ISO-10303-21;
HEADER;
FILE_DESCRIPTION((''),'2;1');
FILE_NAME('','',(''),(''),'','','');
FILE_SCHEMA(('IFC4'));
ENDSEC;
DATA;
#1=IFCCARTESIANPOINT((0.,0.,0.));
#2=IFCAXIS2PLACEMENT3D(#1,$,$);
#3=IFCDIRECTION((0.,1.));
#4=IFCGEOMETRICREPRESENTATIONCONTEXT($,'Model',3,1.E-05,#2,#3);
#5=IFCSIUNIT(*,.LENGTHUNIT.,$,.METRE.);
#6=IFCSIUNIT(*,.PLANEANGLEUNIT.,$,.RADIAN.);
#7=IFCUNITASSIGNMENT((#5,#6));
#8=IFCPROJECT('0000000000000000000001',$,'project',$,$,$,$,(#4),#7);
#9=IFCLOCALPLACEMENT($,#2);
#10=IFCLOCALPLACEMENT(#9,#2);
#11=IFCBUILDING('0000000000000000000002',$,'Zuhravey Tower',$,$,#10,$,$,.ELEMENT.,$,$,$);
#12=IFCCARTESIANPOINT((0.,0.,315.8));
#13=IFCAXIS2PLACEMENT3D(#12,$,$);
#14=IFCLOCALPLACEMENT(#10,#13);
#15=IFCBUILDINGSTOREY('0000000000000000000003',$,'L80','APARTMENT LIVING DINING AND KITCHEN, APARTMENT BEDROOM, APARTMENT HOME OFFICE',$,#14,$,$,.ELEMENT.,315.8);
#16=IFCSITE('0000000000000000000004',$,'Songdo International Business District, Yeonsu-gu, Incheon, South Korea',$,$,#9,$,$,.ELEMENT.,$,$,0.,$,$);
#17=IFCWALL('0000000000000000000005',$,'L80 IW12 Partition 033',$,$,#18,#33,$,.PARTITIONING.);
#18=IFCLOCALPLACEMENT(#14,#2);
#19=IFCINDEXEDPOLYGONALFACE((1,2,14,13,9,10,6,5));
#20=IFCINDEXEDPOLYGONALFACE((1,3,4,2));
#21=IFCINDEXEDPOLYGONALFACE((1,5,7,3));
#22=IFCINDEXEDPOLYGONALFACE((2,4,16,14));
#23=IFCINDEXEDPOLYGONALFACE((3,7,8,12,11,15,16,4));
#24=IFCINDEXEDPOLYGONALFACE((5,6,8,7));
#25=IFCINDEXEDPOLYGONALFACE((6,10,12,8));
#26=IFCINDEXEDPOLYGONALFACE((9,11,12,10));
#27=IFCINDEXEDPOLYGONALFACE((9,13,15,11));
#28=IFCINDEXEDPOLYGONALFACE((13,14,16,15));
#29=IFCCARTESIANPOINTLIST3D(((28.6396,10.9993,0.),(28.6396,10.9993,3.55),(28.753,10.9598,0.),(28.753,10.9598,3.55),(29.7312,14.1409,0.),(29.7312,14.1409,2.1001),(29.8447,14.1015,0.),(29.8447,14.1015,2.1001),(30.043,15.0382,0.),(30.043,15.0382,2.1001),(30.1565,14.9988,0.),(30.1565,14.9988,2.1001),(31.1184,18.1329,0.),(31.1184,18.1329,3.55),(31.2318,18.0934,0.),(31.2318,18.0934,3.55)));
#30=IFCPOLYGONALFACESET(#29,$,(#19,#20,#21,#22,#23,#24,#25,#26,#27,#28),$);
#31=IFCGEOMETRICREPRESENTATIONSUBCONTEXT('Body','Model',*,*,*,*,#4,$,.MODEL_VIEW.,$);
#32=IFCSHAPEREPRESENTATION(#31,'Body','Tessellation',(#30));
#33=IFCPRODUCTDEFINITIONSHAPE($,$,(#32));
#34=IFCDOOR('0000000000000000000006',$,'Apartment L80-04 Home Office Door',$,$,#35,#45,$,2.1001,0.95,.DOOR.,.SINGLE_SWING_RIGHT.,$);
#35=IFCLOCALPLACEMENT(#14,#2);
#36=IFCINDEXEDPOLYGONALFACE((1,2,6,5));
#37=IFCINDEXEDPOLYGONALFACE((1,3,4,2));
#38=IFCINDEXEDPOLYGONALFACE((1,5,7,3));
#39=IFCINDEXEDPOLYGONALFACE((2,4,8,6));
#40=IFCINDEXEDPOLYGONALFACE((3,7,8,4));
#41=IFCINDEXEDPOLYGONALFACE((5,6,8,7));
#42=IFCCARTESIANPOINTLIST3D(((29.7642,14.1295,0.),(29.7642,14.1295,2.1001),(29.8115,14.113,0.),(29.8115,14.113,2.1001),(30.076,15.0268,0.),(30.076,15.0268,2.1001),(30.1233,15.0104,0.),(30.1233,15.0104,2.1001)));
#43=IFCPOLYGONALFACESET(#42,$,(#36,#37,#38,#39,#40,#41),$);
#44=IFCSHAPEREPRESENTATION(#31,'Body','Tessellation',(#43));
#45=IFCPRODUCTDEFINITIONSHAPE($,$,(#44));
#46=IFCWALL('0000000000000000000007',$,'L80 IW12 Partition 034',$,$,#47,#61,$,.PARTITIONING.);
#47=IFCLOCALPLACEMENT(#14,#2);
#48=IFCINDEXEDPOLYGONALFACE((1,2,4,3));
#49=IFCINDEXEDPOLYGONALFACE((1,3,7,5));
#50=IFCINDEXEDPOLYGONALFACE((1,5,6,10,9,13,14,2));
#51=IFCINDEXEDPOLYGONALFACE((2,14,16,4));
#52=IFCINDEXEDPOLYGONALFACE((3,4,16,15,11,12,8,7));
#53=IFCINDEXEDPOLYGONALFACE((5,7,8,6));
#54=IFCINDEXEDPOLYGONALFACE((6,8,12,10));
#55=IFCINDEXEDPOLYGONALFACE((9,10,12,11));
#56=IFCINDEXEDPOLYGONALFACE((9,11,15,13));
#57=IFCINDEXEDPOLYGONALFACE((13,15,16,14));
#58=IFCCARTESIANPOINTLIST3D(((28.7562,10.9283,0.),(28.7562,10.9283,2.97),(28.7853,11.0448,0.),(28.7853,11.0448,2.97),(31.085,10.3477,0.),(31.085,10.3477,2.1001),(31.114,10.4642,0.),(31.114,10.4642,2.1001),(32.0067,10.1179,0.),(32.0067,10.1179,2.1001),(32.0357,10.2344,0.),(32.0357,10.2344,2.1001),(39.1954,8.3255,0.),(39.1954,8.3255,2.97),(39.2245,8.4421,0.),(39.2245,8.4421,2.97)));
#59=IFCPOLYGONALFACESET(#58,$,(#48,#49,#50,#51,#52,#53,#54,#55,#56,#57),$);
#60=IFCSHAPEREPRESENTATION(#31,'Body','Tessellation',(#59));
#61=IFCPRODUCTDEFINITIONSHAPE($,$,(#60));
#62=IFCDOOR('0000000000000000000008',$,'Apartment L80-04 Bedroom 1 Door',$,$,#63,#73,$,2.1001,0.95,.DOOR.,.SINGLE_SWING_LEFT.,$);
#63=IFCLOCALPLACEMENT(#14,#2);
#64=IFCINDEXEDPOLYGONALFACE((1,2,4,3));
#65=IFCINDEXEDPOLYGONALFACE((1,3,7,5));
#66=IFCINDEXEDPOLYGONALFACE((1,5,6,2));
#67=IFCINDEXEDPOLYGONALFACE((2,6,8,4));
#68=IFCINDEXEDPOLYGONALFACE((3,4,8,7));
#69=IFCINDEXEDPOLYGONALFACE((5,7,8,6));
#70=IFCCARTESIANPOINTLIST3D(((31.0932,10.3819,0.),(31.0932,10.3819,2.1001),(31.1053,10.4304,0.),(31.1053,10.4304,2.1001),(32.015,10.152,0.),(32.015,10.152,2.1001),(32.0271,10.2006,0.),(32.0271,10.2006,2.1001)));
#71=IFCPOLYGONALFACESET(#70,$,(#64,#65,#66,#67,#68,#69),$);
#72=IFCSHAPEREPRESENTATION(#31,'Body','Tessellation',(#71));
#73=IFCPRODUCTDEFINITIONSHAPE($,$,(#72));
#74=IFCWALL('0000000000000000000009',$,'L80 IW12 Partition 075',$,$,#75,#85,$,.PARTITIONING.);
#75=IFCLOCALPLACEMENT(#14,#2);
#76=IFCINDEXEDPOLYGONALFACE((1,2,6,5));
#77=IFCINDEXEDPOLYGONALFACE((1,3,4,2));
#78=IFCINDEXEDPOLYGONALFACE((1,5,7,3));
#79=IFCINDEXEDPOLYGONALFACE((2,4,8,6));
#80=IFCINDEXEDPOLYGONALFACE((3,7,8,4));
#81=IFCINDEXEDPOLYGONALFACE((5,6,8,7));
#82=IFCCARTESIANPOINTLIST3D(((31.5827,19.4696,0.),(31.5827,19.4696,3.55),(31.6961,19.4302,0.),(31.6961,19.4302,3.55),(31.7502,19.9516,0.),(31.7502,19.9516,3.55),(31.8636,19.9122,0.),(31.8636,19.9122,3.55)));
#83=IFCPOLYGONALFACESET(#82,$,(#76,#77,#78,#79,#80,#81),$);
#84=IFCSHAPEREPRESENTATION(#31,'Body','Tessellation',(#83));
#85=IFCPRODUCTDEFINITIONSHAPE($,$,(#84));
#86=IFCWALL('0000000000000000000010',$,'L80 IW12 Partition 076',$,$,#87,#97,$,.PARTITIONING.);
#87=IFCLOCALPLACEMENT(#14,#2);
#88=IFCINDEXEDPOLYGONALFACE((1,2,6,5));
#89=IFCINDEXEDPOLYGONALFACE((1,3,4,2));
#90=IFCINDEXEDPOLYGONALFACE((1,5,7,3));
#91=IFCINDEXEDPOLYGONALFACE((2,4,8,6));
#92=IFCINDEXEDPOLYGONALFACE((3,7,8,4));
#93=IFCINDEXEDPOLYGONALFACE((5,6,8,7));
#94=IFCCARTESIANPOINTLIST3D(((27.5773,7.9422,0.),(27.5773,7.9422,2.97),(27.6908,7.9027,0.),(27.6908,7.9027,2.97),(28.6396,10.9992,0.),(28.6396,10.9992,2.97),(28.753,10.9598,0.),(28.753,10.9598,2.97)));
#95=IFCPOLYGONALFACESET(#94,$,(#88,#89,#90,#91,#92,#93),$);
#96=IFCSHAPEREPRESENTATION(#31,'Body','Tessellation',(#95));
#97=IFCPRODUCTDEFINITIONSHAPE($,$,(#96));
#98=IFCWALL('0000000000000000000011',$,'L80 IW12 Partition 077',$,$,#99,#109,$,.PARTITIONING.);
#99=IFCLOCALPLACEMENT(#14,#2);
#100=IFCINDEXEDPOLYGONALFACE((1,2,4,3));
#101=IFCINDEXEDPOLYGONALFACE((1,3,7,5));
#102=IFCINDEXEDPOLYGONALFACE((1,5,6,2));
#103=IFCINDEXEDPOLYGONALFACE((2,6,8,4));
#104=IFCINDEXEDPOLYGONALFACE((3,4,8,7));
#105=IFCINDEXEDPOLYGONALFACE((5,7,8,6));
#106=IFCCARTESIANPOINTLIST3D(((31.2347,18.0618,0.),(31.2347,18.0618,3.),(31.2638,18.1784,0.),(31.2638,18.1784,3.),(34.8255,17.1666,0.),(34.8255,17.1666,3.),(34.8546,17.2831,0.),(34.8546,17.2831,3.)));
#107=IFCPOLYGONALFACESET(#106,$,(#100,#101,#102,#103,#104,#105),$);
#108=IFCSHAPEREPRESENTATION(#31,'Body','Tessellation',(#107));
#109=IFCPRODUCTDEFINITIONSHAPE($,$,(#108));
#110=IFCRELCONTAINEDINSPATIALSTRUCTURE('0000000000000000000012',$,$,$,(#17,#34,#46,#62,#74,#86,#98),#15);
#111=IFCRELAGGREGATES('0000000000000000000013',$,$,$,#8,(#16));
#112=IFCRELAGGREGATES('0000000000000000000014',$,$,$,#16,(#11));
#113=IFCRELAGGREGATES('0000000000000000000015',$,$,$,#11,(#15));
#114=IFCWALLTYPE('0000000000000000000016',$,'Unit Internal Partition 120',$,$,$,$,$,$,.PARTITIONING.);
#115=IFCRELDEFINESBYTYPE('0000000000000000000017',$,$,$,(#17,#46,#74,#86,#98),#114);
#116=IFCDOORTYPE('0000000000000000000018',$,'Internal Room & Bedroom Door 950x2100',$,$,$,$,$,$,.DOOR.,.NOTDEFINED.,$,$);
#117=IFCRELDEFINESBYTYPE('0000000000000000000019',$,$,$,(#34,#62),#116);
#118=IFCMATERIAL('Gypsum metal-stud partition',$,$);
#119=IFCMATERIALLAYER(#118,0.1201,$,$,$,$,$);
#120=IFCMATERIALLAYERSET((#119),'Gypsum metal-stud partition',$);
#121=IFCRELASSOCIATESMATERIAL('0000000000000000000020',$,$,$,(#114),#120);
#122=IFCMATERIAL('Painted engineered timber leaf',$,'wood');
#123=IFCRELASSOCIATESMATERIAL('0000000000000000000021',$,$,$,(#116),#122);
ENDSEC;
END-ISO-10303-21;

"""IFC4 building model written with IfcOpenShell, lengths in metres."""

from ifc_helpers import new_model, si_unit, direction, frame, frame_2d, origin, place, context, subcontext, project, spatial, rectangle, extrude, material, layer, layer_set, type_object, element, fill, save


model = new_model("IFC4")

# Units and contexts
model_context = context("Model", 3, precision=1e-05, world=origin(), true_north=direction((0.0, 1.0)))
body_context = subcontext(model_context, "Body", "Model", "MODEL_VIEW")
ifc_project = project(units=[si_unit("LENGTHUNIT", "METRE"), si_unit("PLANEANGLEUNIT", "RADIAN")], contexts=[model_context])

# Site, building, storey
site_placement = place(None, origin())
site = spatial("IfcSite", under=ifc_project, at=site_placement, Name="Songdo International Business District, Yeonsu-gu, Incheon, South Korea", CompositionType="ELEMENT", RefElevation=0.0)
building_placement = place(site_placement, origin())
building = spatial("IfcBuilding", under=site, at=building_placement, Name="Zuhravey Tower", CompositionType="ELEMENT")
storey_placement = place(building_placement, frame((0.0, 0.0, 315.8)))
storey = spatial("IfcBuildingStorey", under=building, at=storey_placement, Name="L80", Description="APARTMENT LIVING DINING AND KITCHEN, APARTMENT BEDROOM, APARTMENT HOME OFFICE", CompositionType="ELEMENT", Elevation=315.8)

# Walls, openings, doors
ifc_material_1 = material(Name="Gypsum metal-stud partition")
ifc_layer_1 = layer(ifc_material_1, 0.1201)
ifc_layer_set_1 = layer_set([ifc_layer_1], Name="Gypsum metal-stud partition")
wall_type_1 = type_object("IfcWallType", Name="Unit Internal Partition 120", PredefinedType="PARTITIONING", material=ifc_layer_set_1)
wall_1_placement = place(storey_placement, frame((31.175, 18.113, 0.0), z_axis=(0.0, 0.0, 1.0), x_axis=(-0.328228, -0.944598, 0.0)))
wall_1 = element("IfcWall", 1, at=wall_1_placement, inside=storey, type_object=wall_type_1, Name="L80 IW12 Partition 033", PredefinedType="PARTITIONING", context=body_context, shape_type="SweptSolid", body=[
    extrude(rectangle(XDim=7.552, YDim=0.1201, at=frame_2d((3.7759, 0.0))), origin(), (0.0, 0.0, 1.0), 3.55),
])
opening_1_placement = place(wall_1_placement, frame((3.2759, 0.0, 0.0)))
opening_1 = element("IfcOpeningElement", 2, at=opening_1_placement, cuts=wall_1, PredefinedType="OPENING", context=body_context, shape_type="SweptSolid", body=[
    extrude(rectangle(XDim=0.95, YDim=2.1001, at=frame_2d((0.4751, 1.05))), frame((0.0, 0.072, 0.0), z_axis=(0.0, -1.0, 0.0), x_axis=(1.0, 0.0, 0.0)), (0.0, 0.0, 1.0), 0.144),
])
ifc_material_2 = material(Name="Painted engineered timber leaf", Category="wood")
door_type_1 = type_object("IfcDoorType", Name="Internal Room & Bedroom Door 950x2100", OperationType="NOTDEFINED", PredefinedType="DOOR", material=ifc_material_2)
door_1_placement = place(opening_1_placement, origin())
door_1 = element("IfcDoor", 3, at=door_1_placement, inside=storey, type_object=door_type_1, Name="Apartment L80-04 Home Office Door", OperationType="SINGLE_SWING_RIGHT", OverallHeight=2.1001, OverallWidth=0.95, PredefinedType="DOOR", context=body_context, shape_type="SweptSolid", body=[
    extrude(rectangle(XDim=0.95, YDim=2.1001, at=frame_2d((0.4751, 1.05))), frame((0.0, 0.0249, 0.0), z_axis=(0.0, -1.0, 0.0), x_axis=(1.0, 0.0, 0.0)), (0.0, 0.0, 1.0), 0.05),
])
fill(opening_1, door_1)
wall_2_placement = place(storey_placement, frame((28.7708, 10.9866, 0.0), z_axis=(0.0, 0.0, 1.0), x_axis=(0.970296, -0.241922, 0.0)))
wall_2 = element("IfcWall", 4, at=wall_2_placement, inside=storey, type_object=wall_type_1, Name="L80 IW12 Partition 034", PredefinedType="PARTITIONING", context=body_context, shape_type="SweptSolid", body=[
    extrude(rectangle(XDim=10.7588, YDim=0.1201, at=frame_2d((5.3794, 0.0))), origin(), (0.0, 0.0, 1.0), 2.97),
])
opening_2_placement = place(wall_2_placement, frame((2.3999, 0.0, 0.0)))
opening_2 = element("IfcOpeningElement", 5, at=opening_2_placement, cuts=wall_2, PredefinedType="OPENING", context=body_context, shape_type="SweptSolid", body=[
    extrude(rectangle(XDim=0.95, YDim=2.1001, at=frame_2d((0.4751, 1.05))), frame((0.0, 0.072, 0.0), z_axis=(0.0, -1.0, 0.0), x_axis=(1.0, 0.0, 0.0)), (0.0, 0.0, 1.0), 0.144),
])
door_2_placement = place(opening_2_placement, frame((0.95, 0.0, 0.0), z_axis=(0.0, 0.0, 1.0), x_axis=(-1.0, 0.0, 0.0)))
door_2 = element("IfcDoor", 6, at=door_2_placement, inside=storey, type_object=door_type_1, Name="Apartment L80-04 Bedroom 1 Door", OperationType="SINGLE_SWING_LEFT", OverallHeight=2.1001, OverallWidth=0.95, PredefinedType="DOOR", context=body_context, shape_type="SweptSolid", body=[
    extrude(rectangle(XDim=0.95, YDim=2.1001, at=frame_2d((0.4751, 1.05))), frame((0.0, 0.0249, 0.0), z_axis=(0.0, -1.0, 0.0), x_axis=(1.0, 0.0, 0.0)), (0.0, 0.0, 1.0), 0.05),
])
fill(opening_2, door_2)

# Walls
wall_3_placement = place(storey_placement, frame((31.8069, 19.9319, 0.0), z_axis=(0.0, 0.0, 1.0), x_axis=(-0.328261, -0.944587, 0.0)))
element("IfcWall", 7, at=wall_3_placement, inside=storey, type_object=wall_type_1, Name="L80 IW12 Partition 075", PredefinedType="PARTITIONING", context=body_context, shape_type="SweptSolid", body=[
    extrude(rectangle(XDim=0.5103, YDim=0.1201, at=frame_2d((0.2551, 0.0))), origin(), (0.0, 0.0, 1.0), 3.55),
])
wall_4_placement = place(storey_placement, frame((28.6963, 10.9795, 0.0), z_axis=(0.0, 0.0, 1.0), x_axis=(-0.328219, -0.944602, 0.0)))
element("IfcWall", 8, at=wall_4_placement, inside=storey, type_object=wall_type_1, Name="L80 IW12 Partition 076", PredefinedType="PARTITIONING", context=body_context, shape_type="SweptSolid", body=[
    extrude(rectangle(XDim=3.2363, YDim=0.1201, at=frame_2d((1.6182, 0.0))), origin(), (0.0, 0.0, 1.0), 2.97),
])
wall_5_placement = place(storey_placement, frame((31.2493, 18.1201, 0.0), z_axis=(0.0, 0.0, 1.0), x_axis=(0.970298, -0.241915, 0.0)))
element("IfcWall", 9, at=wall_5_placement, inside=storey, type_object=wall_type_1, Name="L80 IW12 Partition 077", PredefinedType="PARTITIONING", context=body_context, shape_type="SweptSolid", body=[
    extrude(rectangle(XDim=3.7007, YDim=0.1201, at=frame_2d((1.8503, 0.0))), origin(), (0.0, 0.0, 1.0), 3.0),
])

save(model, "model.ifc")
